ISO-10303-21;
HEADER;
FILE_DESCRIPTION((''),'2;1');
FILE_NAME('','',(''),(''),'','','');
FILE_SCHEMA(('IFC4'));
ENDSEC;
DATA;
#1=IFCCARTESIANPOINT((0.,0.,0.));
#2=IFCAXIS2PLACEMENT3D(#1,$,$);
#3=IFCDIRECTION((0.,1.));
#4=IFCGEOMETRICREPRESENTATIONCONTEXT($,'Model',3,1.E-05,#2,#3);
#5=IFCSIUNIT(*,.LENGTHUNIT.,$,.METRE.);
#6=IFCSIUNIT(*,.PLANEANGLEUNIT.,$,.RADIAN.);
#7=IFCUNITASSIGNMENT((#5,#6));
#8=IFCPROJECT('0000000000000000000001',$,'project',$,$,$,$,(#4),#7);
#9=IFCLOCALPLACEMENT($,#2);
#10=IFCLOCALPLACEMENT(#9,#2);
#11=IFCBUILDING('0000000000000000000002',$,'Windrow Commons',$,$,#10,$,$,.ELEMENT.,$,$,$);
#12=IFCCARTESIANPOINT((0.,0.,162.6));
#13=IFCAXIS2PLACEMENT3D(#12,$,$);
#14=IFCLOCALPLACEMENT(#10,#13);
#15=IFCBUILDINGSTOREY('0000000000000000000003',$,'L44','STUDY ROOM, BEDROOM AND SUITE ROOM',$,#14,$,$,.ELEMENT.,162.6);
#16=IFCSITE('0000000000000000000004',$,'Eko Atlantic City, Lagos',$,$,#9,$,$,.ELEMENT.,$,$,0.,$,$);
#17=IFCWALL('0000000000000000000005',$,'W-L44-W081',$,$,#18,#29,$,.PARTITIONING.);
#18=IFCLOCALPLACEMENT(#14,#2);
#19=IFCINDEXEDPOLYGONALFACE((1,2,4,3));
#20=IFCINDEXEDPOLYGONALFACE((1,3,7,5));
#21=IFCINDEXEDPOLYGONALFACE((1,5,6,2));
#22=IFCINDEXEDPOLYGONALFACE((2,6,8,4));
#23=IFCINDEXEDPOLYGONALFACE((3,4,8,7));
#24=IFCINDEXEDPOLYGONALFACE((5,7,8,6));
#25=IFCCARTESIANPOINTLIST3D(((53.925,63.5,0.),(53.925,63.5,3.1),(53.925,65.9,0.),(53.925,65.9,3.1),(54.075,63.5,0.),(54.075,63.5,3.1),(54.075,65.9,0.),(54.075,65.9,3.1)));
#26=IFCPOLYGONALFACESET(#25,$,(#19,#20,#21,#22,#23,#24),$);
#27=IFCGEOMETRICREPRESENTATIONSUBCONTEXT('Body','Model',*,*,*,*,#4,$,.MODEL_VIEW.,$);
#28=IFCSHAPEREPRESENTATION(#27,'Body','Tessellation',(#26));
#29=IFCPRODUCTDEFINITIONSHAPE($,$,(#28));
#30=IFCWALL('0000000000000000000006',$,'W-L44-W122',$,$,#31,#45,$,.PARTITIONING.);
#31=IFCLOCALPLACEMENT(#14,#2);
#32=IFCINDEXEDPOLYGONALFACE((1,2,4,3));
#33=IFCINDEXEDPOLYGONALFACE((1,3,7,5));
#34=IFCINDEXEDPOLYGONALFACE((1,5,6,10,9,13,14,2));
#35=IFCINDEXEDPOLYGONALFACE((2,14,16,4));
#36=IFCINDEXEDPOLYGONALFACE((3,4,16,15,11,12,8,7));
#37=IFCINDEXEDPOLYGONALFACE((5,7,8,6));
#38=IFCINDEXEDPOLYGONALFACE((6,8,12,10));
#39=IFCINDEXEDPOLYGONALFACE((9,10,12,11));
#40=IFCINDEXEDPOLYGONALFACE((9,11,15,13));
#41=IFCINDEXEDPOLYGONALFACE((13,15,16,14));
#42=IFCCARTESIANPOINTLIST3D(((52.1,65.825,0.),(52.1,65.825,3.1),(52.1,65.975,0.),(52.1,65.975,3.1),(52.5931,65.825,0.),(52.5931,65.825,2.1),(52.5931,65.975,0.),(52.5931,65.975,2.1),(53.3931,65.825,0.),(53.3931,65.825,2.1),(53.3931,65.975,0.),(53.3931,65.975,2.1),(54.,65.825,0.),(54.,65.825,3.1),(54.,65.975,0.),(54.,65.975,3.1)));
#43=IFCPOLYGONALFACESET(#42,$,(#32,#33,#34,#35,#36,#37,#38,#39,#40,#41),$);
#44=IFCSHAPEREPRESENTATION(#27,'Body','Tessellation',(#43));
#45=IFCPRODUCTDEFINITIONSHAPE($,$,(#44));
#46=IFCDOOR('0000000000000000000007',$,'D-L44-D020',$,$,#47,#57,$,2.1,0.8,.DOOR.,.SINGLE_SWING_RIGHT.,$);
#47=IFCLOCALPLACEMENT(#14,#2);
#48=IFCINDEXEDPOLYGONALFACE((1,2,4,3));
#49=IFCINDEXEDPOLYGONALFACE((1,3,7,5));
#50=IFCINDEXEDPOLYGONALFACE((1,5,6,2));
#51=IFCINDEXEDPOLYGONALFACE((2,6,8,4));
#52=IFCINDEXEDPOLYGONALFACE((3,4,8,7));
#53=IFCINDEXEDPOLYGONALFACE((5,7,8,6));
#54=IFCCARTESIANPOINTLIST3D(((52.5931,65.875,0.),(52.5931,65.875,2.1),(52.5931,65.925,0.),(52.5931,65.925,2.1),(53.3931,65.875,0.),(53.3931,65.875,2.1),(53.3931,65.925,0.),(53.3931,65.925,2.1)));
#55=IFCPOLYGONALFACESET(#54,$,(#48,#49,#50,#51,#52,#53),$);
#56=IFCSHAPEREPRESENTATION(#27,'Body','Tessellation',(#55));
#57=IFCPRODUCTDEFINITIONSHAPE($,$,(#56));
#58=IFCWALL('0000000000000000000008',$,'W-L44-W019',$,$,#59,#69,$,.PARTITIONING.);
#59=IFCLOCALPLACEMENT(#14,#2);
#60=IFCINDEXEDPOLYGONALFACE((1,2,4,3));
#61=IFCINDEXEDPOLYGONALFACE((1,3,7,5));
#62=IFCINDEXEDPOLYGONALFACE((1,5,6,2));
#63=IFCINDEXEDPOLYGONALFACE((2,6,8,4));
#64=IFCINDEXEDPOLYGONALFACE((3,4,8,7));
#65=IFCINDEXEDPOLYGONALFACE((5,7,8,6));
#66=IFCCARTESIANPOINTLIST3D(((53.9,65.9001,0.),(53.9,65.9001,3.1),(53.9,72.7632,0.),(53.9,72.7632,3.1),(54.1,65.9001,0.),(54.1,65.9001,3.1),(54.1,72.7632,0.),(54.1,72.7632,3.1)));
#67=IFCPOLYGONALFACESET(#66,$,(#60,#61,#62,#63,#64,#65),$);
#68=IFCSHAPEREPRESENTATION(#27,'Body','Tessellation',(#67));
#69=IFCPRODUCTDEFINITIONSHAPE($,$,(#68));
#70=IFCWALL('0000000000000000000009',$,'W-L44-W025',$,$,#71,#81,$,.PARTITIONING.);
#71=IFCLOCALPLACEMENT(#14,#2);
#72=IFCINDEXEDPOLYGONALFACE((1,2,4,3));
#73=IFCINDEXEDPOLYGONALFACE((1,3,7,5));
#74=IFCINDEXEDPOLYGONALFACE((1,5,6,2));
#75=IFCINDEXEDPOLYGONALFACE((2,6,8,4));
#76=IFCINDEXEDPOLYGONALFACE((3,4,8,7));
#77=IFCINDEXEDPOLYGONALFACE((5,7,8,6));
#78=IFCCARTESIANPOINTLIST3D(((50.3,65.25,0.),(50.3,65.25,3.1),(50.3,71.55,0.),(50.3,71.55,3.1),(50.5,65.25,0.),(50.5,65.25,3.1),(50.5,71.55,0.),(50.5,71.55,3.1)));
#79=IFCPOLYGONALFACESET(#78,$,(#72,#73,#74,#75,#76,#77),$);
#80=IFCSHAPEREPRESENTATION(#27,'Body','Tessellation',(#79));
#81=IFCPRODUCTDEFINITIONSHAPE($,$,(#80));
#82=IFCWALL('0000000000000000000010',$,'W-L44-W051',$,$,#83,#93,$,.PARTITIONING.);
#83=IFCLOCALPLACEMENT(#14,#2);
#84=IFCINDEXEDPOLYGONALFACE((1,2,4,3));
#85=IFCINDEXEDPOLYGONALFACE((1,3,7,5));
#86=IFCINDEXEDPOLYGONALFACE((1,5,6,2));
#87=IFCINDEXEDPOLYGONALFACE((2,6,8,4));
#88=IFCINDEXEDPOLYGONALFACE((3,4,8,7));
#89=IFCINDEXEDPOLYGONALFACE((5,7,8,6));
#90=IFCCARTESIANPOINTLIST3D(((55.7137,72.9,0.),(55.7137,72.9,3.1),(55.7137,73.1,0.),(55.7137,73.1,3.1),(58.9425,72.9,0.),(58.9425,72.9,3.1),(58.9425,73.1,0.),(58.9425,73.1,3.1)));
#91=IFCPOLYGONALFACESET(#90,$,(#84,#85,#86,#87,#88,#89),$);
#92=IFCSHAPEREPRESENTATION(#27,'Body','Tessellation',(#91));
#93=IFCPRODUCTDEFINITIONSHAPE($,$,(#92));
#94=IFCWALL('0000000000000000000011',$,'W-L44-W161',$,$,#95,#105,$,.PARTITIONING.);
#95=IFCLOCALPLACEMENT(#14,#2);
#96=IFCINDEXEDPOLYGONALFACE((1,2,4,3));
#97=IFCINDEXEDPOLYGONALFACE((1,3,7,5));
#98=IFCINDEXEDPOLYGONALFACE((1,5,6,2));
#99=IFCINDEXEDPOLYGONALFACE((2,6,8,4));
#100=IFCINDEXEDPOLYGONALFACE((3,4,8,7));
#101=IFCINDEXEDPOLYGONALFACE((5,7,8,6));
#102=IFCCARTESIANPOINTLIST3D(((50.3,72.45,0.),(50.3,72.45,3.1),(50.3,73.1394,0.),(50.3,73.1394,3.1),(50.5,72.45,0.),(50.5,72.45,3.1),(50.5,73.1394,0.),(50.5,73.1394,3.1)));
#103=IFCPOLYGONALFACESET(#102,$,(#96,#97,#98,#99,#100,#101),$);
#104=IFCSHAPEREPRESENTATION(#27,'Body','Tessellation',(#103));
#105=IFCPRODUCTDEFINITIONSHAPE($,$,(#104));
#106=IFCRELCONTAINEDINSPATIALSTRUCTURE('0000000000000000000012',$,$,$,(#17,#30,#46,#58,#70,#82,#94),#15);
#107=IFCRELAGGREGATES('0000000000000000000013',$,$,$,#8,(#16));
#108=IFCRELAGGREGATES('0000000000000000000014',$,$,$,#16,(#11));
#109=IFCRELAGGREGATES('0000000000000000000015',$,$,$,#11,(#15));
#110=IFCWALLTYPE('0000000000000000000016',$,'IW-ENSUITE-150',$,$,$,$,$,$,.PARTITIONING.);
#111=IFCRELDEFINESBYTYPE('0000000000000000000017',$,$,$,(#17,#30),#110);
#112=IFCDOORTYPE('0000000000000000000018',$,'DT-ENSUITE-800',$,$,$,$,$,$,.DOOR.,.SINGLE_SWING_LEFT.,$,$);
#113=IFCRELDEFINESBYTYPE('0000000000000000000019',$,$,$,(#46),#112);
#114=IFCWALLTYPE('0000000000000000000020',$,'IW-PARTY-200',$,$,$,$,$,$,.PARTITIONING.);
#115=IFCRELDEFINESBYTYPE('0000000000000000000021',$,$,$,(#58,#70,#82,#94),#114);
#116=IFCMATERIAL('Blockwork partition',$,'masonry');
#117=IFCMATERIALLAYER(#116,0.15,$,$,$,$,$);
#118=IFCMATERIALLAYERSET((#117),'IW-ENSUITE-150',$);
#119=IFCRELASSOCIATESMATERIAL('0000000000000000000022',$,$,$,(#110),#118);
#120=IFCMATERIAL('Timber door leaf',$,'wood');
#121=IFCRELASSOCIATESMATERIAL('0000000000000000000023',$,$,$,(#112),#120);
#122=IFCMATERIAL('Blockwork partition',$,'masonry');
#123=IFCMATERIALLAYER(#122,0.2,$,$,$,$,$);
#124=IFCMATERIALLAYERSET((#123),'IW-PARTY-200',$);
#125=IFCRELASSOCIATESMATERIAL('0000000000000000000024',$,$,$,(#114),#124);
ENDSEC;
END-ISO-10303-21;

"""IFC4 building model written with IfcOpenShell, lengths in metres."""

from ifc_helpers import new_model, si_unit, direction, frame, frame_2d, origin, place, context, subcontext, project, spatial, rectangle, extrude, material, layer, layer_set, type_object, element, fill, save


model = new_model("IFC4")

# Units and contexts
model_context = context("Model", 3, precision=1e-05, world=origin(), true_north=direction((0.0, 1.0)))
body_context = subcontext(model_context, "Body", "Model", "MODEL_VIEW")
ifc_project = project(units=[si_unit("LENGTHUNIT", "METRE"), si_unit("PLANEANGLEUNIT", "RADIAN")], contexts=[model_context])

# Site, building, storey
site_placement = place(None, origin())
site = spatial("IfcSite", under=ifc_project, at=site_placement, Name="Eko Atlantic City, Lagos", CompositionType="ELEMENT", RefElevation=0.0)
building_placement = place(site_placement, origin())
building = spatial("IfcBuilding", under=site, at=building_placement, Name="Windrow Commons", CompositionType="ELEMENT")
storey_placement = place(building_placement, frame((0.0, 0.0, 162.6)))
storey = spatial("IfcBuildingStorey", under=building, at=storey_placement, Name="L44", Description="STUDY ROOM, BEDROOM AND SUITE ROOM", CompositionType="ELEMENT", Elevation=162.6)

# Wall
ifc_material_1 = material(Name="Blockwork partition", Category="masonry")
ifc_layer_1 = layer(ifc_material_1, 0.15)
ifc_layer_set_1 = layer_set([ifc_layer_1], Name="IW-ENSUITE-150")
wall_type_1 = type_object("IfcWallType", Name="IW-ENSUITE-150", PredefinedType="PARTITIONING", material=ifc_layer_set_1)
for number, where, z_axis, x_axis, name in (
    (1, (54.0, 63.5, 0.0), (0.0, 0.0, 1.0), (0.0, 1.0, 0.0), "W-L44-W081"),
):
    element("IfcWall", number, at=place(storey_placement, frame(where, z_axis=z_axis, x_axis=x_axis)), inside=storey, type_object=wall_type_1, Name=name, PredefinedType="PARTITIONING", context=body_context, shape_type="SweptSolid", body=[
        extrude(rectangle(XDim=2.4, YDim=0.15, at=frame_2d((1.2, 0.0))), origin(), (0.0, 0.0, 1.0), 3.1),
    ])

# Wall, opening, door
wall_1_placement = place(storey_placement, frame((52.1, 65.9, 0.0), z_axis=(0.0, 0.0, 1.0), x_axis=(1.0, 0.0, 0.0)))
wall_1 = element("IfcWall", 2, at=wall_1_placement, inside=storey, type_object=wall_type_1, Name="W-L44-W122", PredefinedType="PARTITIONING", context=body_context, shape_type="SweptSolid", body=[
    extrude(rectangle(XDim=1.9, YDim=0.15, at=frame_2d((0.95, 0.0))), origin(), (0.0, 0.0, 1.0), 3.1),
])
opening_1_placement = place(wall_1_placement, frame((0.4931, 0.0, 0.0)))
opening_1 = element("IfcOpeningElement", 3, at=opening_1_placement, cuts=wall_1, PredefinedType="OPENING", context=body_context, shape_type="SweptSolid", body=[
    extrude(rectangle(XDim=0.8, YDim=2.1, at=frame_2d((0.4, 1.05))), frame((0.0, 0.085, 0.0), z_axis=(0.0, -1.0, 0.0), x_axis=(1.0, 0.0, 0.0)), (0.0, 0.0, 1.0), 0.17),
])
ifc_material_2 = material(Name="Timber door leaf", Category="wood")
door_type_1 = type_object("IfcDoorType", Name="DT-ENSUITE-800", OperationType="SINGLE_SWING_LEFT", PredefinedType="DOOR", material=ifc_material_2)
door_1_placement = place(opening_1_placement, origin())
door_1 = element("IfcDoor", 4, at=door_1_placement, inside=storey, type_object=door_type_1, Name="D-L44-D020", OperationType="SINGLE_SWING_RIGHT", OverallHeight=2.1, OverallWidth=0.8, PredefinedType="DOOR", context=body_context, shape_type="SweptSolid", body=[
    extrude(rectangle(XDim=0.8, YDim=2.1, at=frame_2d((0.4, 1.05))), frame((0.0, 0.025, 0.0), z_axis=(0.0, -1.0, 0.0), x_axis=(1.0, 0.0, 0.0)), (0.0, 0.0, 1.0), 0.05),
])
fill(opening_1, door_1)

# Walls
ifc_material_3 = material(Name="Blockwork partition", Category="masonry")
ifc_layer_2 = layer(ifc_material_3, 0.2)
ifc_layer_set_2 = layer_set([ifc_layer_2], Name="IW-PARTY-200")
wall_type_2 = type_object("IfcWallType", Name="IW-PARTY-200", PredefinedType="PARTITIONING", material=ifc_layer_set_2)
wall_2_placement = place(storey_placement, frame((54.0, 65.9, 0.0), z_axis=(0.0, 0.0, 1.0), x_axis=(0.0, 1.0, 0.0)))
element("IfcWall", 5, at=wall_2_placement, inside=storey, type_object=wall_type_2, Name="W-L44-W019", PredefinedType="PARTITIONING", context=body_context, shape_type="SweptSolid", body=[
    extrude(rectangle(XDim=6.8631, YDim=0.2, at=frame_2d((3.4316, 0.0))), origin(), (0.0, 0.0, 1.0), 3.1),
])
wall_3_placement = place(storey_placement, frame((50.4, 65.25, 0.0), z_axis=(0.0, 0.0, 1.0), x_axis=(0.0, 1.0, 0.0)))
element("IfcWall", 6, at=wall_3_placement, inside=storey, type_object=wall_type_2, Name="W-L44-W025", PredefinedType="PARTITIONING", context=body_context, shape_type="SweptSolid", body=[
    extrude(rectangle(XDim=6.3, YDim=0.2, at=frame_2d((3.15, 0.0))), origin(), (0.0, 0.0, 1.0), 3.1),
])
wall_4_placement = place(storey_placement, frame((55.7137, 73.0, 0.0), z_axis=(0.0, 0.0, 1.0), x_axis=(1.0, 0.0, 0.0)))
element("IfcWall", 7, at=wall_4_placement, inside=storey, type_object=wall_type_2, Name="W-L44-W051", PredefinedType="PARTITIONING", context=body_context, shape_type="SweptSolid", body=[
    extrude(rectangle(XDim=3.2288, YDim=0.2, at=frame_2d((1.6144, 0.0))), origin(), (0.0, 0.0, 1.0), 3.1),
])
wall_5_placement = place(storey_placement, frame((50.4, 72.45, 0.0), z_axis=(0.0, 0.0, 1.0), x_axis=(0.0, 1.0, 0.0)))
element("IfcWall", 8, at=wall_5_placement, inside=storey, type_object=wall_type_2, Name="W-L44-W161", PredefinedType="PARTITIONING", context=body_context, shape_type="SweptSolid", body=[
    extrude(rectangle(XDim=0.6893, YDim=0.2, at=frame_2d((0.3447, 0.0))), origin(), (0.0, 0.0, 1.0), 3.1),
])

save(model, "model.ifc")
